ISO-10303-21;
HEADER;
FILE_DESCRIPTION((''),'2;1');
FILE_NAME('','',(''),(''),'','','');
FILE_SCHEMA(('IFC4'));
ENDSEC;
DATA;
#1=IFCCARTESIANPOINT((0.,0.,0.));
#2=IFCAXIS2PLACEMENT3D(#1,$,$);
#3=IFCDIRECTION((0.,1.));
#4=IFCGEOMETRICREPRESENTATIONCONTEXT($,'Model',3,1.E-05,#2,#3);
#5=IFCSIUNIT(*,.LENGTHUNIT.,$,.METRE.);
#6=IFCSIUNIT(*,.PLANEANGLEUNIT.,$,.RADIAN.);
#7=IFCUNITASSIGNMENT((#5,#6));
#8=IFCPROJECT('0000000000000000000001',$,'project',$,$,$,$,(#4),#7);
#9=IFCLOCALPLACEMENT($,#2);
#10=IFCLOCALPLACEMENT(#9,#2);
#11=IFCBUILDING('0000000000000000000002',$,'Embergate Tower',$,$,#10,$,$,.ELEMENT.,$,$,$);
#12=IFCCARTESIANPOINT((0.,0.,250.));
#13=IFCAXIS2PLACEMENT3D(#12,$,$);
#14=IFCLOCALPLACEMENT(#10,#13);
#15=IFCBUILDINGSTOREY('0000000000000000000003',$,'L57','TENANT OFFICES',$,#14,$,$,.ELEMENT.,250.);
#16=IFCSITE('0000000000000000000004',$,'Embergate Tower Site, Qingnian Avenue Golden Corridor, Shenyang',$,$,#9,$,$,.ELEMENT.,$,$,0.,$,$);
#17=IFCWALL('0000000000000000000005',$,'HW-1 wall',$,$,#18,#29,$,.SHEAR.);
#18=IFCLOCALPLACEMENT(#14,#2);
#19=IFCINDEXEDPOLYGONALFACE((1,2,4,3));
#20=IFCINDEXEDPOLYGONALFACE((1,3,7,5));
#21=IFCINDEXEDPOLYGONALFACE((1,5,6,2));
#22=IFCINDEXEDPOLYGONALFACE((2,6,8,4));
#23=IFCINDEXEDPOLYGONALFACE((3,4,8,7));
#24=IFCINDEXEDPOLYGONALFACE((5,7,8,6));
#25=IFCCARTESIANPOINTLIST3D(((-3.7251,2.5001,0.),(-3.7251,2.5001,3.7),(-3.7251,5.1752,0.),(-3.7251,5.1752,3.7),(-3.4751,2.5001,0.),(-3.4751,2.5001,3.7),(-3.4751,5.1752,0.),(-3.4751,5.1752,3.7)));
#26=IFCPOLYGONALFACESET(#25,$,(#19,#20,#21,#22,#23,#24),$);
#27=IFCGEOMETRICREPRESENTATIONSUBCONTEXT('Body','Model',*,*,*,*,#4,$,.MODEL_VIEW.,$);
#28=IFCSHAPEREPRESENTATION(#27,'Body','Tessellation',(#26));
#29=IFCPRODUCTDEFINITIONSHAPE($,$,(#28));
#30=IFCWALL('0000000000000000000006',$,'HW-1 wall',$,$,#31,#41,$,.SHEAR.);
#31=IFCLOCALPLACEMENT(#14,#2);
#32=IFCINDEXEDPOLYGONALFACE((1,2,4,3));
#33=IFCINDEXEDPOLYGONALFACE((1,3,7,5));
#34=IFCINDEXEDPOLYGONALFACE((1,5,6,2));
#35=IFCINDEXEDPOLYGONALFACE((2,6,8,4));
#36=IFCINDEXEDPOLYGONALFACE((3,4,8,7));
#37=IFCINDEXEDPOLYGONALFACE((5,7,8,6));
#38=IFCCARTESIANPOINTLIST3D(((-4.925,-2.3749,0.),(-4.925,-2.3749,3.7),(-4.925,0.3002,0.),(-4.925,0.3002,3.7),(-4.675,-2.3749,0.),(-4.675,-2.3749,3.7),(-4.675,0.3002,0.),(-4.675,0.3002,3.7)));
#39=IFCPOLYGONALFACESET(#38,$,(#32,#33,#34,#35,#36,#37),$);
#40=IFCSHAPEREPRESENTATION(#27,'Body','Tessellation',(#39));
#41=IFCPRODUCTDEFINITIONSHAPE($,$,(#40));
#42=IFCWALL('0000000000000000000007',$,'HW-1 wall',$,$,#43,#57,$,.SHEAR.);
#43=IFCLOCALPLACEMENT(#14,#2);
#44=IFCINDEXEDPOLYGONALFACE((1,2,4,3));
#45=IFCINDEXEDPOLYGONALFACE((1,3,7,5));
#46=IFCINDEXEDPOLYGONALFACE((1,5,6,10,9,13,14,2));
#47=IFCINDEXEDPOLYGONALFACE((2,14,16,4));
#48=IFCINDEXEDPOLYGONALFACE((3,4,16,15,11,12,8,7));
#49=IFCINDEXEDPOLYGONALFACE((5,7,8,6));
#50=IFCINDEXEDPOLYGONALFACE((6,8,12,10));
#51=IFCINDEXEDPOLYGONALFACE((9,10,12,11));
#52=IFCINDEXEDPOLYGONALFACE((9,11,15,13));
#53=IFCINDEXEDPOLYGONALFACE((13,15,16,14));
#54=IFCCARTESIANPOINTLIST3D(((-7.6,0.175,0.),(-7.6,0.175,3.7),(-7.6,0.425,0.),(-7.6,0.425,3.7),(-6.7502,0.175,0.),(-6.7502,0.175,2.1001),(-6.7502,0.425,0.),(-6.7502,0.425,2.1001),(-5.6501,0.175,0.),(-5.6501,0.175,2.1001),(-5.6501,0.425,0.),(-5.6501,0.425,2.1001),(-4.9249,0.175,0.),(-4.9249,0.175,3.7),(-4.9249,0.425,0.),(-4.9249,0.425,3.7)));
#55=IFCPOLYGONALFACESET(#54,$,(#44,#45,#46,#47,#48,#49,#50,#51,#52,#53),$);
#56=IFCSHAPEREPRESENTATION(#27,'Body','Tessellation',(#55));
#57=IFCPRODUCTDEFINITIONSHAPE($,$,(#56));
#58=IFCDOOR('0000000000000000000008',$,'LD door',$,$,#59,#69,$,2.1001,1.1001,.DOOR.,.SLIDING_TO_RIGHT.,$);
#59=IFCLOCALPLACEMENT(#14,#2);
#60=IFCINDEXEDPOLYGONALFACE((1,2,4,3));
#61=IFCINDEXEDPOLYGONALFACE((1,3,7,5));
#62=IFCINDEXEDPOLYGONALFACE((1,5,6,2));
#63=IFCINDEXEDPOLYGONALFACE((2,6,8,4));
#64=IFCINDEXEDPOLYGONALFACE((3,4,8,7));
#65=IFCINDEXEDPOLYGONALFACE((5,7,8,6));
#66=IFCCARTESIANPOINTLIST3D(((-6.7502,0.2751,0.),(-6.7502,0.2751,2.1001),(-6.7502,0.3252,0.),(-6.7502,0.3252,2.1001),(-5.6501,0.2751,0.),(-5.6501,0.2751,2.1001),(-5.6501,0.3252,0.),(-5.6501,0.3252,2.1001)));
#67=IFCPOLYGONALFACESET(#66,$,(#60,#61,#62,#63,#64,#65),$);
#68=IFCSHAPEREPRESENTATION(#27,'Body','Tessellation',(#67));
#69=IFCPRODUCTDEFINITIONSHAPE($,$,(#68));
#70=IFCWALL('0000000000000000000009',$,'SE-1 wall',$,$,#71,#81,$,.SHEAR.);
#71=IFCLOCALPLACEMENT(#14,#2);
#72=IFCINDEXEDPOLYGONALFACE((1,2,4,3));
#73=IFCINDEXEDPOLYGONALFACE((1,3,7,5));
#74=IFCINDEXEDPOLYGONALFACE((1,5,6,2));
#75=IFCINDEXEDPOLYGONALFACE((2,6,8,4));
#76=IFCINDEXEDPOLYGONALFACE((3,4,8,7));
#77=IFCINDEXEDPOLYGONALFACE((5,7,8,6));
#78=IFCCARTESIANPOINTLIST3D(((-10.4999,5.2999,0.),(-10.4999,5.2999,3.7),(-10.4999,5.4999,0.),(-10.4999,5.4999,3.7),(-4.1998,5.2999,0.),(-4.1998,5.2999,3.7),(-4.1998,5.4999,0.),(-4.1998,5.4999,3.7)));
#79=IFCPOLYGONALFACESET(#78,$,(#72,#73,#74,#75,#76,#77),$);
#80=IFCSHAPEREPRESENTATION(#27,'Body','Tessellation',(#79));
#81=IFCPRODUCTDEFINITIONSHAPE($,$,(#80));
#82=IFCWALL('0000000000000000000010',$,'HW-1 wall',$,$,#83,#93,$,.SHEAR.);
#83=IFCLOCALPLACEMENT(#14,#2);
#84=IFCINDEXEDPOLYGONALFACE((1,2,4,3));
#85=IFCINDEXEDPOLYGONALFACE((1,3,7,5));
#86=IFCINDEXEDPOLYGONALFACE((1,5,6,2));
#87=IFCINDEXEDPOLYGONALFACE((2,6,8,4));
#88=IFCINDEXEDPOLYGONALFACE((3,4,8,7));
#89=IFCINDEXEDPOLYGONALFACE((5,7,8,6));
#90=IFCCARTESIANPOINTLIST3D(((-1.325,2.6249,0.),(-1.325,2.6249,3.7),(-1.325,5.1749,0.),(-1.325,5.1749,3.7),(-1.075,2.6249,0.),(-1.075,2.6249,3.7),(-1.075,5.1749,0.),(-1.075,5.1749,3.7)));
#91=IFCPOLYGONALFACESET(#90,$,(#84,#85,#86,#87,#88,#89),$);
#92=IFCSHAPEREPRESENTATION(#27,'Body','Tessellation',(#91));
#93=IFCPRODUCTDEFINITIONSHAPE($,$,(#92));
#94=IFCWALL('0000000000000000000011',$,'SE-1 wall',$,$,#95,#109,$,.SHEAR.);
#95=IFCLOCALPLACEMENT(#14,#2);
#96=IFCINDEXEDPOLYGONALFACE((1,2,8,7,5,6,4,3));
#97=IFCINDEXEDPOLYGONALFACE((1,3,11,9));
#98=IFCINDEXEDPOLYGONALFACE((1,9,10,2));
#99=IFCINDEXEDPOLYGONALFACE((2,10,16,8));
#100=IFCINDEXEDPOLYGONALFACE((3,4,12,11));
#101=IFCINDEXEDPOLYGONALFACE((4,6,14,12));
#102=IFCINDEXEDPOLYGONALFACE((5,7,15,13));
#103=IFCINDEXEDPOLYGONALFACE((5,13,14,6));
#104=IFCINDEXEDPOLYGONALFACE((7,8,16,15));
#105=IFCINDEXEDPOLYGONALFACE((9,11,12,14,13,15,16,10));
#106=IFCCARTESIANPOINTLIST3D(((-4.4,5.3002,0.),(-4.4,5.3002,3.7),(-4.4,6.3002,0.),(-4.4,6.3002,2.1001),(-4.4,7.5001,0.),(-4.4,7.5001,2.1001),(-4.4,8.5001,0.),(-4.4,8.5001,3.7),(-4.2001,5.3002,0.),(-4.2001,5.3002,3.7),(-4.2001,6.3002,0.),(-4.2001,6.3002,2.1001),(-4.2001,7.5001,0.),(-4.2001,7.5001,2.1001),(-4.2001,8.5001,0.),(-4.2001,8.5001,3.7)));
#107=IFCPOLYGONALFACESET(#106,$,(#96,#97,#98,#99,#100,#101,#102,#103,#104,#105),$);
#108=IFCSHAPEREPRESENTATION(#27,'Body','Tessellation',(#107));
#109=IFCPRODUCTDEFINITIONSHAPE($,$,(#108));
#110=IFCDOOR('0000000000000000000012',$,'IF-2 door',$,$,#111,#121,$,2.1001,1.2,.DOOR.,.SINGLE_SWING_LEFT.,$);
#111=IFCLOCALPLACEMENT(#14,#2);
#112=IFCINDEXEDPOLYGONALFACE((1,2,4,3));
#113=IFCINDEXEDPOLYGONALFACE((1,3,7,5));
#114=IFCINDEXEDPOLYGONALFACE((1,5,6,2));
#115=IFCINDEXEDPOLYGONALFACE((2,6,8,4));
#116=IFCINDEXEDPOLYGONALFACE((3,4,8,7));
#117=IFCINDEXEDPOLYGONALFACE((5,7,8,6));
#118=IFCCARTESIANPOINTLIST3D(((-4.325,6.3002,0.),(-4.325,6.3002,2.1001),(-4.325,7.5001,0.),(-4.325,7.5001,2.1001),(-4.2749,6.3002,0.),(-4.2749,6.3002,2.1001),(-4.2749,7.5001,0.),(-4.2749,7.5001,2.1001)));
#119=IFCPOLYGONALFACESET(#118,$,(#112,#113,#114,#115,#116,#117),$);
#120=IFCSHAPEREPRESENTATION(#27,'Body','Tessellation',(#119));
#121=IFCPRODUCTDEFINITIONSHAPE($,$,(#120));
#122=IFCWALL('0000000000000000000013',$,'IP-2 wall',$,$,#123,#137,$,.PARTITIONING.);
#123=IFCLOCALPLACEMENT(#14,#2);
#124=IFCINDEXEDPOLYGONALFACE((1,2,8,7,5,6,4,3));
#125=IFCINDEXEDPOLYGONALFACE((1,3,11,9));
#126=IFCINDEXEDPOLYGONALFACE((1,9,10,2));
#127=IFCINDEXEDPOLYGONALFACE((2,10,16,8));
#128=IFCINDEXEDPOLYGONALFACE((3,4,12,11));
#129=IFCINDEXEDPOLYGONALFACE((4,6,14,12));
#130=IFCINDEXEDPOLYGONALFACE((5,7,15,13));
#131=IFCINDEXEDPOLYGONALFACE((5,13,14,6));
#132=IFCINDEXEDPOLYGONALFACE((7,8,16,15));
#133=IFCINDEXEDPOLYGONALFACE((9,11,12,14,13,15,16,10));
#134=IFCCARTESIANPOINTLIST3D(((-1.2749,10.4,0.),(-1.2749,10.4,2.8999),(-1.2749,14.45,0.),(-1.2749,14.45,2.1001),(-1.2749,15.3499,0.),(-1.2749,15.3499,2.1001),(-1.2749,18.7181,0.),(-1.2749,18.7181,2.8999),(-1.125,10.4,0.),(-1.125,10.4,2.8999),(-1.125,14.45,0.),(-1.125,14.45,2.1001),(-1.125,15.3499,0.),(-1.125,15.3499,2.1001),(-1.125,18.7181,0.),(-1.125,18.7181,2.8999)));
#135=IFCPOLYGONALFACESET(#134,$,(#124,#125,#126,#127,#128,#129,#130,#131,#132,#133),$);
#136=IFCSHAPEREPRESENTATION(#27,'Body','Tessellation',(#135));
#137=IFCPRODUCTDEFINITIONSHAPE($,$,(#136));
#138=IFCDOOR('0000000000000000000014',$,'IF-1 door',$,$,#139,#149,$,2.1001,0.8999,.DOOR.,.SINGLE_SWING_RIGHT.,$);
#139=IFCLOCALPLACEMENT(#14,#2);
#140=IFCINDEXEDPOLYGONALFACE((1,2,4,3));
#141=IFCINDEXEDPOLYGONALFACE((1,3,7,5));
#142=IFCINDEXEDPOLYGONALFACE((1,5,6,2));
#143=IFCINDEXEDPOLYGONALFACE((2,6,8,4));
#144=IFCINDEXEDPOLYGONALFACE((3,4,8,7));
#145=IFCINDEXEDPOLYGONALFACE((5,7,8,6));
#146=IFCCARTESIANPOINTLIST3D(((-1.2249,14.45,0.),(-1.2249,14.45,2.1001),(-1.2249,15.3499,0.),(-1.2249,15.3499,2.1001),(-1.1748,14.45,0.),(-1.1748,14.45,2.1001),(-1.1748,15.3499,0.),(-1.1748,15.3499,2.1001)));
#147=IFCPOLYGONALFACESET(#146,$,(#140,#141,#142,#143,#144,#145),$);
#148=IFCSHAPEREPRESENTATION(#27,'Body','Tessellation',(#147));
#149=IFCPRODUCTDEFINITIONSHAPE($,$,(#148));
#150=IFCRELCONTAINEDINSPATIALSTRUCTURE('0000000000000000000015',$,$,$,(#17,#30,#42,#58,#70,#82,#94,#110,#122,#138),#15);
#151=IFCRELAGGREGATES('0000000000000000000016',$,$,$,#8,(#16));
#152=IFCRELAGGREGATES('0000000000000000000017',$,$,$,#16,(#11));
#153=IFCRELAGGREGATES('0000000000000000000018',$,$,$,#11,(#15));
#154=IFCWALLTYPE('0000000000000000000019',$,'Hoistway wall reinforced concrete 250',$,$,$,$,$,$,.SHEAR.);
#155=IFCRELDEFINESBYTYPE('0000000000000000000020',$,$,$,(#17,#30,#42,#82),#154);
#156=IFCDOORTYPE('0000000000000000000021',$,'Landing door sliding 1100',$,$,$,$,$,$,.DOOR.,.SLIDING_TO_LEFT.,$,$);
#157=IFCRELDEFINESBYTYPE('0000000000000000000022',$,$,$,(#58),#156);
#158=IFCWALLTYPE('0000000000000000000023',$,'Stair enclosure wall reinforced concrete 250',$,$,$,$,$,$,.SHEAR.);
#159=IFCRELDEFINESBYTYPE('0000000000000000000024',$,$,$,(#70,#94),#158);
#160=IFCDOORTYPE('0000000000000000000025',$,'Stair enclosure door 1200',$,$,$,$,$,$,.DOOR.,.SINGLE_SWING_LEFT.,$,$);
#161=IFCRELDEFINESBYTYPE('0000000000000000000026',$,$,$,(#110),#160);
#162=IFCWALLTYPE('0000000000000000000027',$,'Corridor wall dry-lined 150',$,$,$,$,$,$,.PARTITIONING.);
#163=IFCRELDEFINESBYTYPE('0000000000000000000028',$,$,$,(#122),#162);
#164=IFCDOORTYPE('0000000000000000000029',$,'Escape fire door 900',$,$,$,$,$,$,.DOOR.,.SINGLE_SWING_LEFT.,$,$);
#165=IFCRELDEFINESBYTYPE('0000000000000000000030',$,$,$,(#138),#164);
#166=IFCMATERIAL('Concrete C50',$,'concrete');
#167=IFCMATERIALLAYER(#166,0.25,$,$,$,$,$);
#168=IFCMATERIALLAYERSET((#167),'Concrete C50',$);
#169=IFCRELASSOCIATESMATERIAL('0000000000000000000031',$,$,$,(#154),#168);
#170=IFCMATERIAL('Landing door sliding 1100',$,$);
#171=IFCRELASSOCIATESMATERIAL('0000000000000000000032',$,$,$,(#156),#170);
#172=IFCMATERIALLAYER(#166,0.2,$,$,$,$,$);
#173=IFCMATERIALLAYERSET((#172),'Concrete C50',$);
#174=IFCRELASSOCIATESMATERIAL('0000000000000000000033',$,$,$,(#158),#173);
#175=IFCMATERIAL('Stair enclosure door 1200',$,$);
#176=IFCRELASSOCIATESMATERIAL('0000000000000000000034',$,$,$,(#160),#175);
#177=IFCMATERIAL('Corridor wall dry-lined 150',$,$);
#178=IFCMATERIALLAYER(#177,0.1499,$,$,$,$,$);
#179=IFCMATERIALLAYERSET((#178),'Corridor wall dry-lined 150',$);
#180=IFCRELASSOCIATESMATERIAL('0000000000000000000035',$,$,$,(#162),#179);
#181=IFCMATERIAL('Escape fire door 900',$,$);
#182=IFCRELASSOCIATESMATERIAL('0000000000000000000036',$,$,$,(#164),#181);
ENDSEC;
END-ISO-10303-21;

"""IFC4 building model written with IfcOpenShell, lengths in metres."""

from ifc_helpers import new_model, si_unit, direction, frame, frame_2d, origin, place, context, subcontext, project, spatial, rectangle, extrude, source, transform, mapped, material, layer, layer_set, type_object, element, fill, save


model = new_model("IFC4")

# Units and contexts
model_context = context("Model", 3, precision=1e-05, world=origin(), true_north=direction((0.0, 1.0)))
body_context = subcontext(model_context, "Body", "Model", "MODEL_VIEW")
ifc_project = project(units=[si_unit("LENGTHUNIT", "METRE"), si_unit("PLANEANGLEUNIT", "RADIAN")], contexts=[model_context])

# Site, building, storey
site_placement = place(None, origin())
site = spatial("IfcSite", under=ifc_project, at=site_placement, Name="Embergate Tower Site, Qingnian Avenue Golden Corridor, Shenyang", CompositionType="ELEMENT", RefElevation=0.0)
building_placement = place(site_placement, origin())
building = spatial("IfcBuilding", under=site, at=building_placement, Name="Embergate Tower", CompositionType="ELEMENT")
storey_placement = place(building_placement, frame((0.0, 0.0, 250.0)))
storey = spatial("IfcBuildingStorey", under=building, at=storey_placement, Name="L57", Description="TENANT OFFICES", CompositionType="ELEMENT", Elevation=250.0)

# Walls
ifc_material_1 = material(Name="Concrete C50", Category="concrete")
ifc_layer_1 = layer(ifc_material_1, 0.25)
ifc_layer_set_1 = layer_set([ifc_layer_1], Name="Concrete C50")
wall_type_1 = type_object("IfcWallType", Name="Hoistway wall reinforced concrete 250", PredefinedType="SHEAR", material=ifc_layer_set_1)
shared_shape_1 = source(origin(), body_context, "Body", "SweptSolid", [
    extrude(rectangle(XDim=2.675, YDim=0.25, at=frame_2d((1.3374, 0.0))), origin(), (0.0, 0.0, 1.0), 3.7),
])
for number, where, z_axis, x_axis, name in (
    (1, (-3.6001, 5.175, 0.0), (0.0, 0.0, 1.0), (0.0, -1.0, 0.0), "HW-1 wall"),
    (2, (-4.8, 0.3, 0.0), (0.0, 0.0, 1.0), (0.0, -1.0, 0.0), "HW-1 wall"),
):
    element("IfcWall", number, at=place(storey_placement, frame(where, z_axis=z_axis, x_axis=x_axis)), inside=storey, type_object=wall_type_1, Name=name, PredefinedType="SHEAR", context=body_context, shape_type="MappedRepresentation", body=[
        mapped(shared_shape_1, transform((0.0, 0.0, 0.0))),
    ])

# Wall, opening, door
wall_1_placement = place(storey_placement, frame((-4.925, 0.3, 0.0), z_axis=(0.0, 0.0, 1.0), x_axis=(-1.0, 0.0, 0.0)))
wall_1 = element("IfcWall", 3, at=wall_1_placement, inside=storey, type_object=wall_type_1, Name="HW-1 wall", PredefinedType="SHEAR", context=body_context, shape_type="MappedRepresentation", body=[
    mapped(shared_shape_1, transform((0.0, 0.0, 0.0))),
])
shared_shape_2 = source(origin(), body_context, "Body", "SweptSolid", [
    extrude(rectangle(XDim=1.1001, YDim=2.1001, at=frame_2d((0.55, 1.05))), frame((0.0, 0.135, 0.0), z_axis=(0.0, -1.0, 0.0), x_axis=(1.0, 0.0, 0.0)), (0.0, 0.0, 1.0), 0.27),
])
opening_1_placement = place(wall_1_placement, frame((0.7251, 0.0, 0.0)))
opening_1 = element("IfcOpeningElement", 4, at=opening_1_placement, cuts=wall_1, PredefinedType="OPENING", context=body_context, shape_type="MappedRepresentation", body=[
    mapped(shared_shape_2, transform((0.0, 0.0, 0.0))),
])
ifc_material_2 = material(Name="Landing door sliding 1100")
door_type_1 = type_object("IfcDoorType", Name="Landing door sliding 1100", OperationType="SLIDING_TO_LEFT", PredefinedType="DOOR", material=ifc_material_2)
shared_shape_3 = source(origin(), body_context, "Body", "SweptSolid", [
    extrude(rectangle(XDim=1.1001, YDim=2.1001, at=frame_2d((0.55, 1.05))), frame((0.0, 0.0249, 0.0), z_axis=(0.0, -1.0, 0.0), x_axis=(1.0, 0.0, 0.0)), (0.0, 0.0, 1.0), 0.05),
])
door_1_placement = place(opening_1_placement, origin())
door_1 = element("IfcDoor", 5, at=door_1_placement, inside=storey, type_object=door_type_1, Name="LD door", OperationType="SLIDING_TO_RIGHT", OverallHeight=2.1001, OverallWidth=1.1001, PredefinedType="DOOR", context=body_context, shape_type="MappedRepresentation", body=[
    mapped(shared_shape_3, transform((0.0, 0.0, 0.0))),
])
fill(opening_1, door_1)

# Walls
ifc_layer_2 = layer(ifc_material_1, 0.2)
ifc_layer_set_2 = layer_set([ifc_layer_2], Name="Concrete C50")
wall_type_2 = type_object("IfcWallType", Name="Stair enclosure wall reinforced concrete 250", PredefinedType="SHEAR", material=ifc_layer_set_2)
shared_shape_4 = source(origin(), body_context, "Body", "SweptSolid", [
    extrude(rectangle(XDim=6.3, YDim=0.2, at=frame_2d((3.1499, 0.0))), origin(), (0.0, 0.0, 1.0), 3.7),
])
wall_2_placement = place(storey_placement, frame((-4.2, 5.3999, 0.0), z_axis=(0.0, 0.0, 1.0), x_axis=(-1.0, 0.0, 0.0)))
element("IfcWall", 6, at=wall_2_placement, inside=storey, type_object=wall_type_2, Name="SE-1 wall", PredefinedType="SHEAR", context=body_context, shape_type="MappedRepresentation", body=[
    mapped(shared_shape_4, transform((0.0, 0.0, 0.0))),
])
shared_shape_5 = source(origin(), body_context, "Body", "SweptSolid", [
    extrude(rectangle(XDim=2.55, YDim=0.25, at=frame_2d((1.2749, 0.0))), origin(), (0.0, 0.0, 1.0), 3.7),
])
wall_3_placement = place(storey_placement, frame((-1.2, 2.625, 0.0), z_axis=(0.0, 0.0, 1.0), x_axis=(0.0, 1.0, 0.0)))
element("IfcWall", 7, at=wall_3_placement, inside=storey, type_object=wall_type_1, Name="HW-1 wall", PredefinedType="SHEAR", context=body_context, shape_type="MappedRepresentation", body=[
    mapped(shared_shape_5, transform((0.0, 0.0, 0.0))),
])

# Walls, openings, doors
shared_shape_6 = source(origin(), body_context, "Body", "SweptSolid", [
    extrude(rectangle(XDim=3.2, YDim=0.2, at=frame_2d((1.6001, 0.0))), origin(), (0.0, 0.0, 1.0), 3.7),
])
wall_4_placement = place(storey_placement, frame((-4.3, 5.3, 0.0), z_axis=(0.0, 0.0, 1.0), x_axis=(0.0, 1.0, 0.0)))
wall_4 = element("IfcWall", 8, at=wall_4_placement, inside=storey, type_object=wall_type_2, Name="SE-1 wall", PredefinedType="SHEAR", context=body_context, shape_type="MappedRepresentation", body=[
    mapped(shared_shape_6, transform((0.0, 0.0, 0.0))),
])
shared_shape_7 = source(origin(), body_context, "Body", "SweptSolid", [
    extrude(rectangle(XDim=1.2, YDim=2.1001, at=frame_2d((0.6001, 1.05))), frame((0.0, 0.1099, 0.0), z_axis=(0.0, -1.0, 0.0), x_axis=(1.0, 0.0, 0.0)), (0.0, 0.0, 1.0), 0.22),
])
opening_2_placement = place(wall_4_placement, frame((1.0, 0.0, 0.0)))
opening_2 = element("IfcOpeningElement", 9, at=opening_2_placement, cuts=wall_4, PredefinedType="OPENING", context=body_context, shape_type="MappedRepresentation", body=[
    mapped(shared_shape_7, transform((0.0, 0.0, 0.0))),
])
ifc_material_3 = material(Name="Stair enclosure door 1200")
door_type_2 = type_object("IfcDoorType", Name="Stair enclosure door 1200", OperationType="SINGLE_SWING_LEFT", PredefinedType="DOOR", material=ifc_material_3)
shared_shape_8 = source(origin(), body_context, "Body", "SweptSolid", [
    extrude(rectangle(XDim=1.2, YDim=2.1001, at=frame_2d((0.6001, 1.05))), frame((0.0, 0.0249, 0.0), z_axis=(0.0, -1.0, 0.0), x_axis=(1.0, 0.0, 0.0)), (0.0, 0.0, 1.0), 0.05),
])
door_2_placement = place(opening_2_placement, origin())
door_2 = element("IfcDoor", 10, at=door_2_placement, inside=storey, type_object=door_type_2, Name="IF-2 door", OperationType="SINGLE_SWING_LEFT", OverallHeight=2.1001, OverallWidth=1.2, PredefinedType="DOOR", context=body_context, shape_type="MappedRepresentation", body=[
    mapped(shared_shape_8, transform((0.0, 0.0, 0.0))),
])
fill(opening_2, door_2)
ifc_material_4 = material(Name="Corridor wall dry-lined 150")
ifc_layer_3 = layer(ifc_material_4, 0.1499)
ifc_layer_set_3 = layer_set([ifc_layer_3], Name="Corridor wall dry-lined 150")
wall_type_3 = type_object("IfcWallType", Name="Corridor wall dry-lined 150", PredefinedType="PARTITIONING", material=ifc_layer_set_3)
shared_shape_9 = source(origin(), body_context, "Body", "SweptSolid", [
    extrude(rectangle(XDim=8.3181, YDim=0.1499, at=frame_2d((4.1592, 0.0))), origin(), (0.0, 0.0, 1.0), 2.8999),
])
wall_5_placement = place(storey_placement, frame((-1.2, 10.3999, 0.0), z_axis=(0.0, 0.0, 1.0), x_axis=(0.0, 1.0, 0.0)))
wall_5 = element("IfcWall", 11, at=wall_5_placement, inside=storey, type_object=wall_type_3, Name="IP-2 wall", PredefinedType="PARTITIONING", context=body_context, shape_type="MappedRepresentation", body=[
    mapped(shared_shape_9, transform((0.0, 0.0, 0.0))),
])
shared_shape_10 = source(origin(), body_context, "Body", "SweptSolid", [
    extrude(rectangle(XDim=0.8999, YDim=2.1001, at=frame_2d((0.45, 1.05))), frame((0.0, 0.085, 0.0), z_axis=(0.0, -1.0, 0.0), x_axis=(1.0, 0.0, 0.0)), (0.0, 0.0, 1.0), 0.1699),
])
opening_3_placement = place(wall_5_placement, frame((4.05, 0.0, 0.0)))
opening_3 = element("IfcOpeningElement", 12, at=opening_3_placement, cuts=wall_5, PredefinedType="OPENING", context=body_context, shape_type="MappedRepresentation", body=[
    mapped(shared_shape_10, transform((0.0, 0.0, 0.0))),
])
ifc_material_5 = material(Name="Escape fire door 900")
door_type_3 = type_object("IfcDoorType", Name="Escape fire door 900", OperationType="SINGLE_SWING_LEFT", PredefinedType="DOOR", material=ifc_material_5)
shared_shape_11 = source(origin(), body_context, "Body", "SweptSolid", [
    extrude(rectangle(XDim=0.8999, YDim=2.1001, at=frame_2d((0.45, 1.05))), frame((0.0, 0.0249, 0.0), z_axis=(0.0, -1.0, 0.0), x_axis=(1.0, 0.0, 0.0)), (0.0, 0.0, 1.0), 0.05),
])
door_3_placement = place(opening_3_placement, origin())
door_3 = element("IfcDoor", 13, at=door_3_placement, inside=storey, type_object=door_type_3, Name="IF-1 door", OperationType="SINGLE_SWING_RIGHT", OverallHeight=2.1001, OverallWidth=0.8999, PredefinedType="DOOR", context=body_context, shape_type="MappedRepresentation", body=[
    mapped(shared_shape_11, transform((0.0, 0.0, 0.0))),
])
fill(opening_3, door_3)

save(model, "model.ifc")
